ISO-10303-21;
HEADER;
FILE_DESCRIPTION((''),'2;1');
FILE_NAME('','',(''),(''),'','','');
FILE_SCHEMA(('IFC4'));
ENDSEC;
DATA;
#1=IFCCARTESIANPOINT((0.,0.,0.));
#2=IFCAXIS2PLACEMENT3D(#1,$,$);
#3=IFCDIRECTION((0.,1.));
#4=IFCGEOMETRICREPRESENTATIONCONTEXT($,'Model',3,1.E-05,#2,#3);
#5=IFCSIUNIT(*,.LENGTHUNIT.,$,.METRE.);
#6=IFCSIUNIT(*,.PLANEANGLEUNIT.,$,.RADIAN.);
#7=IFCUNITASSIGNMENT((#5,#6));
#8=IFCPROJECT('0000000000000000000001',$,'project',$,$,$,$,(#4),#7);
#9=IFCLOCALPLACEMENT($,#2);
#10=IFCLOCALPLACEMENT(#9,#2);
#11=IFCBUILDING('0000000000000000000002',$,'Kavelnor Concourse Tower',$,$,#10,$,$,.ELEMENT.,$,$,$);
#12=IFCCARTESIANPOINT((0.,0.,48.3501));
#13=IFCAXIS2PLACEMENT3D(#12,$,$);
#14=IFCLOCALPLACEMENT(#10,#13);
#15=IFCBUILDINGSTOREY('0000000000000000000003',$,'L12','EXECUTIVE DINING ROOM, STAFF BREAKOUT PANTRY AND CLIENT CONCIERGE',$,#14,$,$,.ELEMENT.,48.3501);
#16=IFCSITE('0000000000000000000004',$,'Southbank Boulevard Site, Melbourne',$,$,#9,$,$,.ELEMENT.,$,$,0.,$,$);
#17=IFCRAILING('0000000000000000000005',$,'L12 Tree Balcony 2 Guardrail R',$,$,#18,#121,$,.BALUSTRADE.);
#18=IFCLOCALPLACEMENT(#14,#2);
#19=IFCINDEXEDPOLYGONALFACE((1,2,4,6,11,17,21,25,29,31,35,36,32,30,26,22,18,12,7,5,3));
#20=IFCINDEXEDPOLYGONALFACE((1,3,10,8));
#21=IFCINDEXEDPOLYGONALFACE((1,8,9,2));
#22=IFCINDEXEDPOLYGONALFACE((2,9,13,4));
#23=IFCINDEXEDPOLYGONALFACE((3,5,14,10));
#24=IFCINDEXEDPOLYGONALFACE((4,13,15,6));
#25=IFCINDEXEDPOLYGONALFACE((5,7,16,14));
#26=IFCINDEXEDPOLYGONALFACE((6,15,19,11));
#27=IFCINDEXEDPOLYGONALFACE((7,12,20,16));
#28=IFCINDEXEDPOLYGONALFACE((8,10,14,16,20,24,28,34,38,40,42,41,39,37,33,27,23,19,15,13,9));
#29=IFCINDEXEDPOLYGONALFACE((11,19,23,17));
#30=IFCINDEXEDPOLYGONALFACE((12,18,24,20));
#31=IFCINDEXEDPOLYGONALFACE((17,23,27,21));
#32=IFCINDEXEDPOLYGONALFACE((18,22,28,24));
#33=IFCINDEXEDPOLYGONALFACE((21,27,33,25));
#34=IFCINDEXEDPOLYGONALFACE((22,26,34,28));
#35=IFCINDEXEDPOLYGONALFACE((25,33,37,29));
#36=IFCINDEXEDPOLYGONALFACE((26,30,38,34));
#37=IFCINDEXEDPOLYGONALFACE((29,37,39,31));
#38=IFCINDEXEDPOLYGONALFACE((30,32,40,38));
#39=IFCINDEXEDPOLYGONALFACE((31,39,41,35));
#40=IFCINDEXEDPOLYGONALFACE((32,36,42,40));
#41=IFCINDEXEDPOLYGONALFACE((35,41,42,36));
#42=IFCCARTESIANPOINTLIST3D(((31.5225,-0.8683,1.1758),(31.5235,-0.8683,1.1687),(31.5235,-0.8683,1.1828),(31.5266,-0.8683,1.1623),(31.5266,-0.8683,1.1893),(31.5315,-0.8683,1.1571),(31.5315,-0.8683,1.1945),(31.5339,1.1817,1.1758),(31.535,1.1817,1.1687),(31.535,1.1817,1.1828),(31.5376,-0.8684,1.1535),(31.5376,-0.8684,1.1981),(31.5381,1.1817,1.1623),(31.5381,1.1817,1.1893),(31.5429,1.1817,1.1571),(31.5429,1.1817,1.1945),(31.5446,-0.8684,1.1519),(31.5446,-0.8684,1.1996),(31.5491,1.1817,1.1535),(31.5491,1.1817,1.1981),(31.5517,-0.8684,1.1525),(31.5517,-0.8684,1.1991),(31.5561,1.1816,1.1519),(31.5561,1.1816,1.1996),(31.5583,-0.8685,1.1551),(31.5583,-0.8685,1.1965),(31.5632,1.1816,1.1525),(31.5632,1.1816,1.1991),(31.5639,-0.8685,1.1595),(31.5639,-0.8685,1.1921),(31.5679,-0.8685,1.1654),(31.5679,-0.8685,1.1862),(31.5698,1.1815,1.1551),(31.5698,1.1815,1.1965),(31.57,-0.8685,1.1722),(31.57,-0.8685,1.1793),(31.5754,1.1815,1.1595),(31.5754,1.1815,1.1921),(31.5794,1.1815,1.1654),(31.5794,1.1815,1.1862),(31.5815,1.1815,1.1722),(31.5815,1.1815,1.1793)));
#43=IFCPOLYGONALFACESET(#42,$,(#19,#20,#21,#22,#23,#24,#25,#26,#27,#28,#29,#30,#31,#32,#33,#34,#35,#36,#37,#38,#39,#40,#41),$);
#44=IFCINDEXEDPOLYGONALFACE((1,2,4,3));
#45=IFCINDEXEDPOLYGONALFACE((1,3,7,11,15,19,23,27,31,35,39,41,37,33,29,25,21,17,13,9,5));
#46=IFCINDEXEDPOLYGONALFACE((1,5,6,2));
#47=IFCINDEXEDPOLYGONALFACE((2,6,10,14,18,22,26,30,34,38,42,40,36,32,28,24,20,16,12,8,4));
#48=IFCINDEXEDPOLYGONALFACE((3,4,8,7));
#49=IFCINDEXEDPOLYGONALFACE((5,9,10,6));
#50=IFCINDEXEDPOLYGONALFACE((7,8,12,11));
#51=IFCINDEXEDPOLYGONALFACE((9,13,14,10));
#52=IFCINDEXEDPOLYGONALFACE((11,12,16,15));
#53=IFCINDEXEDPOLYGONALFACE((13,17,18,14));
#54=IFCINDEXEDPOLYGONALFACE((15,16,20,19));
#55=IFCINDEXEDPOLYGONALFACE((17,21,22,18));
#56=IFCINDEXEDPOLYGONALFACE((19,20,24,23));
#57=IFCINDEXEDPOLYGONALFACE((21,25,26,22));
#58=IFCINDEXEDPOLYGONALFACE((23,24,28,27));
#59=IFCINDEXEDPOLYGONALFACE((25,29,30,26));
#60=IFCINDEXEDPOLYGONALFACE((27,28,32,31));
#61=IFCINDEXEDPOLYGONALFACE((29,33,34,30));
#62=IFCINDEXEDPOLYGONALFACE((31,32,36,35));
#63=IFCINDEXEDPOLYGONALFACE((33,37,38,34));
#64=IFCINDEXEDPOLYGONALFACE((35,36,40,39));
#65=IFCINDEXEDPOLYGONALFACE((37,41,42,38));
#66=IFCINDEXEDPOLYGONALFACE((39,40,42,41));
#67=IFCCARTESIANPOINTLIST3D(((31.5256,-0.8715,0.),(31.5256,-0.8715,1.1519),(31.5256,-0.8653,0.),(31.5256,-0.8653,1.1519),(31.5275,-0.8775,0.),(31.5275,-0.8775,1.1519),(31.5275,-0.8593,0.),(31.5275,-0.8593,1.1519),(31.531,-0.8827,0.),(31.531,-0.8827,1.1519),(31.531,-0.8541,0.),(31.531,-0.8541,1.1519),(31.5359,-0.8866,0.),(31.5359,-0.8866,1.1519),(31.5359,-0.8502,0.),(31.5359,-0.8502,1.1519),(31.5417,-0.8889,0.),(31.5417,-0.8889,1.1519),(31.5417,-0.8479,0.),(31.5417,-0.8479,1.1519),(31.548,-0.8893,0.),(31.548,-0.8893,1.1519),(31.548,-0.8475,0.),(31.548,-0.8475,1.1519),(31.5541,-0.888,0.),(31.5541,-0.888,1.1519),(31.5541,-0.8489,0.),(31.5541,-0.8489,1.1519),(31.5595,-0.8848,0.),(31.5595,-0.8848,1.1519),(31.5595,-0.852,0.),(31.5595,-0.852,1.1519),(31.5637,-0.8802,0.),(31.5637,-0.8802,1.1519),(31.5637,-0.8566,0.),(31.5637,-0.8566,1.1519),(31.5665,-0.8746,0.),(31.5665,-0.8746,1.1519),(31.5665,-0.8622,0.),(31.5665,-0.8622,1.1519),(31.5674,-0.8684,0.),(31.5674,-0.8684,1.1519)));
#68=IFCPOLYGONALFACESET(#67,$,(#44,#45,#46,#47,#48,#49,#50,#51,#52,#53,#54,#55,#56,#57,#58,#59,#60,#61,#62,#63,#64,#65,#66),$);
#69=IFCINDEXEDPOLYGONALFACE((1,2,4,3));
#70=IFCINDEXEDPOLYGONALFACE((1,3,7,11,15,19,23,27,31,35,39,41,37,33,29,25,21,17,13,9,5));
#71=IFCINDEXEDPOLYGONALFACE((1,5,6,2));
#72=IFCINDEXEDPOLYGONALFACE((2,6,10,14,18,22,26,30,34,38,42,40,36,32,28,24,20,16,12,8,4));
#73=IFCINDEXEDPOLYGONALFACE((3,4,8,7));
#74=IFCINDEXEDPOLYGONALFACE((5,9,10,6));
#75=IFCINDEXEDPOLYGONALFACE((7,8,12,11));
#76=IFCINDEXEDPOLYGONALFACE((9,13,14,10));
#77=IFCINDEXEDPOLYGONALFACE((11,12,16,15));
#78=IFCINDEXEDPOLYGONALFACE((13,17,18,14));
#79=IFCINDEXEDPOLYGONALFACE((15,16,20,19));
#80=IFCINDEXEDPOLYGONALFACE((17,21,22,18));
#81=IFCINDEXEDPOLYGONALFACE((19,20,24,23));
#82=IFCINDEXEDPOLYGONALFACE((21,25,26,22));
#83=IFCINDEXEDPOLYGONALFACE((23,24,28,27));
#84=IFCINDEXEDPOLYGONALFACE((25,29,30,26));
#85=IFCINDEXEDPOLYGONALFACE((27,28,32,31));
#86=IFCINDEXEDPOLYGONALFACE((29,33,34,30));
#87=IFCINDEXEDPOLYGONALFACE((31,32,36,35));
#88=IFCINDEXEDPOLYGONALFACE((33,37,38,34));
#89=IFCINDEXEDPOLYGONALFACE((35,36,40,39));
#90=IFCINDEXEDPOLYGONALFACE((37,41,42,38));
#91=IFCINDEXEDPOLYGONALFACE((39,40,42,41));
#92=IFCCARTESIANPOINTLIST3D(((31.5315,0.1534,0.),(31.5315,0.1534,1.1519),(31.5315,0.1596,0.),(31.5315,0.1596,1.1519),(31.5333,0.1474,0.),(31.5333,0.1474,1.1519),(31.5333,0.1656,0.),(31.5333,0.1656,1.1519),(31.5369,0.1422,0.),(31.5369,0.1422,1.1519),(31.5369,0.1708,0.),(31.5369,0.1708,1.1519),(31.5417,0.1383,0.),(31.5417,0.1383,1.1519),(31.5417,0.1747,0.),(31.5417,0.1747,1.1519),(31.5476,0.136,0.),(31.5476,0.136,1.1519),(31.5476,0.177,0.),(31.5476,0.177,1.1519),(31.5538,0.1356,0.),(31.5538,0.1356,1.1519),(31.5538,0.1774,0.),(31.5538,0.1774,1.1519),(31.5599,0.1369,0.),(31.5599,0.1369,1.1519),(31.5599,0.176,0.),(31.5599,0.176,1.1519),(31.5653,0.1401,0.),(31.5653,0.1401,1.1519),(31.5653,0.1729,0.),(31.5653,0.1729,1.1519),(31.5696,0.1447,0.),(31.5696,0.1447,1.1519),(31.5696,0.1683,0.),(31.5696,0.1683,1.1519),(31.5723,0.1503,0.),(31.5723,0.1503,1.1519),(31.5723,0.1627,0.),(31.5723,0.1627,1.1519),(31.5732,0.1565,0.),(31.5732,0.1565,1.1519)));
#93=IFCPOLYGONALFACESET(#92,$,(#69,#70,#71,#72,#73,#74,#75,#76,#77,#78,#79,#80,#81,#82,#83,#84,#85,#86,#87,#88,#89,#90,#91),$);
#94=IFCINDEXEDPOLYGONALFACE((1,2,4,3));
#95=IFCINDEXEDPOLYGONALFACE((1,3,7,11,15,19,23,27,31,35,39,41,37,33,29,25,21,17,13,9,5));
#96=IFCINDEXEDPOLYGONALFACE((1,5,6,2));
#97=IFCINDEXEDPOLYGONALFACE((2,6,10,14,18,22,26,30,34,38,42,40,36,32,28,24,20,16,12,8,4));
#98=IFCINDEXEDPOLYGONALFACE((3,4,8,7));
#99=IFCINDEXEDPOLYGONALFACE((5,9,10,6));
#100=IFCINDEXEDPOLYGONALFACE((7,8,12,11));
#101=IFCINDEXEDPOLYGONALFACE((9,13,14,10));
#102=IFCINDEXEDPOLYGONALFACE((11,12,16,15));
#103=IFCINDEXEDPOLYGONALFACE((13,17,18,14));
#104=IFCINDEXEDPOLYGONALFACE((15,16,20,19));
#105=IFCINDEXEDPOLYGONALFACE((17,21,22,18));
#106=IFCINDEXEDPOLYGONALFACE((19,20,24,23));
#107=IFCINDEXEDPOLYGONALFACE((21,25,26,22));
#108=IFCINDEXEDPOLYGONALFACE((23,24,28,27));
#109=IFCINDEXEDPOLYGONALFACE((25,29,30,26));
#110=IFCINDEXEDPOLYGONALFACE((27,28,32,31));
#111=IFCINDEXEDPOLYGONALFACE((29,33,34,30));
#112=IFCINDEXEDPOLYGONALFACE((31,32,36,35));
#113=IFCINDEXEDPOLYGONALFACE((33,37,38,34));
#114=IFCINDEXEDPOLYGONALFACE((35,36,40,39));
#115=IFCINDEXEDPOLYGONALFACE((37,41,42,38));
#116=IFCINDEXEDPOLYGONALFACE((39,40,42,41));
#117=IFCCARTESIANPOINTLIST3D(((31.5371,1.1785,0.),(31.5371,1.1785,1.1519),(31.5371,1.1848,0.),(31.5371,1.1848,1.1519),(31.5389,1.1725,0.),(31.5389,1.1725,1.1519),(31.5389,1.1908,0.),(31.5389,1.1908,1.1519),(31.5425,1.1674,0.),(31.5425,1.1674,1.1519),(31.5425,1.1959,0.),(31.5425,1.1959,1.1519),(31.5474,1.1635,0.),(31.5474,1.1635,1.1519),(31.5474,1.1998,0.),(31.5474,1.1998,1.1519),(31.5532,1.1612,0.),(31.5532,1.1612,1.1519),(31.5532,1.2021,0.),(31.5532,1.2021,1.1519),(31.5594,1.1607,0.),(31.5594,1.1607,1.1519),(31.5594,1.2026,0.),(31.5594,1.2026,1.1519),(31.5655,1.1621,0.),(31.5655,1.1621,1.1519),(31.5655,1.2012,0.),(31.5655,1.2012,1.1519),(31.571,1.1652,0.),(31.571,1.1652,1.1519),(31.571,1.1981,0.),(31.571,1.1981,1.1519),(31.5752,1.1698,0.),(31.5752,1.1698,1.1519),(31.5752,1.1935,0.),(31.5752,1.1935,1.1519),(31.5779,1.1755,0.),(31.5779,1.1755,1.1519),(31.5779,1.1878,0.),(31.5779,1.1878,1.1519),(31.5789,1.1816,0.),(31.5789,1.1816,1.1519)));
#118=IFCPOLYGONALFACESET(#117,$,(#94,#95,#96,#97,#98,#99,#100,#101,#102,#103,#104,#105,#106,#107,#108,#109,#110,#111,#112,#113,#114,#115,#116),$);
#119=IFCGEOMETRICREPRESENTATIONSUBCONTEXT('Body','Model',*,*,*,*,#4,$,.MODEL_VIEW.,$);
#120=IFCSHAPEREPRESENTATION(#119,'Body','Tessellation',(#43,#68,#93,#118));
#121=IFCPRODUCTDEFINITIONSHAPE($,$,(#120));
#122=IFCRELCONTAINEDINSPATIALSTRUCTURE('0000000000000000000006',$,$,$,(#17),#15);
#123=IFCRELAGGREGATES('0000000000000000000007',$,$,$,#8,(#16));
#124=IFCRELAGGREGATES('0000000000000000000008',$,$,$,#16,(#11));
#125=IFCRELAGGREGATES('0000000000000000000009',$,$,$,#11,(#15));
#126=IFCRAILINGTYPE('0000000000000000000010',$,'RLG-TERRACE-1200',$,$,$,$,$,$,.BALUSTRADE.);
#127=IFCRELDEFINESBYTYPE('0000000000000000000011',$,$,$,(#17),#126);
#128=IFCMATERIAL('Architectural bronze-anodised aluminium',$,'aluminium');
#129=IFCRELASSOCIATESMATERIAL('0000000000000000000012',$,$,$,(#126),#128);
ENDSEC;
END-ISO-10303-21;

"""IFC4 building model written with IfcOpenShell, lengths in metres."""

from ifc_helpers import new_model, si_unit, direction, frame, origin, origin_2d, place, context, subcontext, project, spatial, circle, extrude, material, type_object, element, save


model = new_model("IFC4")

# Units and contexts
model_context = context("Model", 3, precision=1e-05, world=origin(), true_north=direction((0.0, 1.0)))
body_context = subcontext(model_context, "Body", "Model", "MODEL_VIEW")
ifc_project = project(units=[si_unit("LENGTHUNIT", "METRE"), si_unit("PLANEANGLEUNIT", "RADIAN")], contexts=[model_context])

# Site, building, storey
site_placement = place(None, origin())
site = spatial("IfcSite", under=ifc_project, at=site_placement, Name="Southbank Boulevard Site, Melbourne", CompositionType="ELEMENT", RefElevation=0.0)
building_placement = place(site_placement, origin())
building = spatial("IfcBuilding", under=site, at=building_placement, Name="Kavelnor Concourse Tower", CompositionType="ELEMENT")
storey_placement = place(building_placement, frame((0.0, 0.0, 48.3501)))
storey = spatial("IfcBuildingStorey", under=building, at=storey_placement, Name="L12", Description="EXECUTIVE DINING ROOM, STAFF BREAKOUT PANTRY AND CLIENT CONCIERGE", CompositionType="ELEMENT", Elevation=48.3501)

# Railing
ifc_material_1 = material(Name="Architectural bronze-anodised aluminium", Category="aluminium")
railing_type = type_object("IfcRailingType", Name="RLG-TERRACE-1200", PredefinedType="BALUSTRADE", material=ifc_material_1)
railing_1_placement = place(storey_placement, frame((31.5464, -0.8684, 0.0)))
element("IfcRailing", 1, at=railing_1_placement, inside=storey, type_object=railing_type, Name="L12 Tree Balcony 2 Guardrail R", PredefinedType="BALUSTRADE", context=body_context, shape_type="SweptSolid", body=[
    extrude(circle(Radius=0.0239, at=origin_2d()), frame((0.0, 0.0, 1.1758), z_axis=(0.005597, 0.999984, 0.0), x_axis=(-0.999984, 0.005597, 0.0)), (0.0, 0.0, 1.0), 2.05),
    extrude(circle(Radius=0.021, at=origin_2d()), origin(), (0.0, 0.0, 1.0), 1.1519),
    extrude(circle(Radius=0.021, at=origin_2d()), frame((0.0059, 1.0249, 0.0)), (0.0, 0.0, 1.0), 1.1519),
    extrude(circle(Radius=0.021, at=origin_2d()), frame((0.0115, 2.05, 0.0)), (0.0, 0.0, 1.0), 1.1519),
])

save(model, "model.ifc")
